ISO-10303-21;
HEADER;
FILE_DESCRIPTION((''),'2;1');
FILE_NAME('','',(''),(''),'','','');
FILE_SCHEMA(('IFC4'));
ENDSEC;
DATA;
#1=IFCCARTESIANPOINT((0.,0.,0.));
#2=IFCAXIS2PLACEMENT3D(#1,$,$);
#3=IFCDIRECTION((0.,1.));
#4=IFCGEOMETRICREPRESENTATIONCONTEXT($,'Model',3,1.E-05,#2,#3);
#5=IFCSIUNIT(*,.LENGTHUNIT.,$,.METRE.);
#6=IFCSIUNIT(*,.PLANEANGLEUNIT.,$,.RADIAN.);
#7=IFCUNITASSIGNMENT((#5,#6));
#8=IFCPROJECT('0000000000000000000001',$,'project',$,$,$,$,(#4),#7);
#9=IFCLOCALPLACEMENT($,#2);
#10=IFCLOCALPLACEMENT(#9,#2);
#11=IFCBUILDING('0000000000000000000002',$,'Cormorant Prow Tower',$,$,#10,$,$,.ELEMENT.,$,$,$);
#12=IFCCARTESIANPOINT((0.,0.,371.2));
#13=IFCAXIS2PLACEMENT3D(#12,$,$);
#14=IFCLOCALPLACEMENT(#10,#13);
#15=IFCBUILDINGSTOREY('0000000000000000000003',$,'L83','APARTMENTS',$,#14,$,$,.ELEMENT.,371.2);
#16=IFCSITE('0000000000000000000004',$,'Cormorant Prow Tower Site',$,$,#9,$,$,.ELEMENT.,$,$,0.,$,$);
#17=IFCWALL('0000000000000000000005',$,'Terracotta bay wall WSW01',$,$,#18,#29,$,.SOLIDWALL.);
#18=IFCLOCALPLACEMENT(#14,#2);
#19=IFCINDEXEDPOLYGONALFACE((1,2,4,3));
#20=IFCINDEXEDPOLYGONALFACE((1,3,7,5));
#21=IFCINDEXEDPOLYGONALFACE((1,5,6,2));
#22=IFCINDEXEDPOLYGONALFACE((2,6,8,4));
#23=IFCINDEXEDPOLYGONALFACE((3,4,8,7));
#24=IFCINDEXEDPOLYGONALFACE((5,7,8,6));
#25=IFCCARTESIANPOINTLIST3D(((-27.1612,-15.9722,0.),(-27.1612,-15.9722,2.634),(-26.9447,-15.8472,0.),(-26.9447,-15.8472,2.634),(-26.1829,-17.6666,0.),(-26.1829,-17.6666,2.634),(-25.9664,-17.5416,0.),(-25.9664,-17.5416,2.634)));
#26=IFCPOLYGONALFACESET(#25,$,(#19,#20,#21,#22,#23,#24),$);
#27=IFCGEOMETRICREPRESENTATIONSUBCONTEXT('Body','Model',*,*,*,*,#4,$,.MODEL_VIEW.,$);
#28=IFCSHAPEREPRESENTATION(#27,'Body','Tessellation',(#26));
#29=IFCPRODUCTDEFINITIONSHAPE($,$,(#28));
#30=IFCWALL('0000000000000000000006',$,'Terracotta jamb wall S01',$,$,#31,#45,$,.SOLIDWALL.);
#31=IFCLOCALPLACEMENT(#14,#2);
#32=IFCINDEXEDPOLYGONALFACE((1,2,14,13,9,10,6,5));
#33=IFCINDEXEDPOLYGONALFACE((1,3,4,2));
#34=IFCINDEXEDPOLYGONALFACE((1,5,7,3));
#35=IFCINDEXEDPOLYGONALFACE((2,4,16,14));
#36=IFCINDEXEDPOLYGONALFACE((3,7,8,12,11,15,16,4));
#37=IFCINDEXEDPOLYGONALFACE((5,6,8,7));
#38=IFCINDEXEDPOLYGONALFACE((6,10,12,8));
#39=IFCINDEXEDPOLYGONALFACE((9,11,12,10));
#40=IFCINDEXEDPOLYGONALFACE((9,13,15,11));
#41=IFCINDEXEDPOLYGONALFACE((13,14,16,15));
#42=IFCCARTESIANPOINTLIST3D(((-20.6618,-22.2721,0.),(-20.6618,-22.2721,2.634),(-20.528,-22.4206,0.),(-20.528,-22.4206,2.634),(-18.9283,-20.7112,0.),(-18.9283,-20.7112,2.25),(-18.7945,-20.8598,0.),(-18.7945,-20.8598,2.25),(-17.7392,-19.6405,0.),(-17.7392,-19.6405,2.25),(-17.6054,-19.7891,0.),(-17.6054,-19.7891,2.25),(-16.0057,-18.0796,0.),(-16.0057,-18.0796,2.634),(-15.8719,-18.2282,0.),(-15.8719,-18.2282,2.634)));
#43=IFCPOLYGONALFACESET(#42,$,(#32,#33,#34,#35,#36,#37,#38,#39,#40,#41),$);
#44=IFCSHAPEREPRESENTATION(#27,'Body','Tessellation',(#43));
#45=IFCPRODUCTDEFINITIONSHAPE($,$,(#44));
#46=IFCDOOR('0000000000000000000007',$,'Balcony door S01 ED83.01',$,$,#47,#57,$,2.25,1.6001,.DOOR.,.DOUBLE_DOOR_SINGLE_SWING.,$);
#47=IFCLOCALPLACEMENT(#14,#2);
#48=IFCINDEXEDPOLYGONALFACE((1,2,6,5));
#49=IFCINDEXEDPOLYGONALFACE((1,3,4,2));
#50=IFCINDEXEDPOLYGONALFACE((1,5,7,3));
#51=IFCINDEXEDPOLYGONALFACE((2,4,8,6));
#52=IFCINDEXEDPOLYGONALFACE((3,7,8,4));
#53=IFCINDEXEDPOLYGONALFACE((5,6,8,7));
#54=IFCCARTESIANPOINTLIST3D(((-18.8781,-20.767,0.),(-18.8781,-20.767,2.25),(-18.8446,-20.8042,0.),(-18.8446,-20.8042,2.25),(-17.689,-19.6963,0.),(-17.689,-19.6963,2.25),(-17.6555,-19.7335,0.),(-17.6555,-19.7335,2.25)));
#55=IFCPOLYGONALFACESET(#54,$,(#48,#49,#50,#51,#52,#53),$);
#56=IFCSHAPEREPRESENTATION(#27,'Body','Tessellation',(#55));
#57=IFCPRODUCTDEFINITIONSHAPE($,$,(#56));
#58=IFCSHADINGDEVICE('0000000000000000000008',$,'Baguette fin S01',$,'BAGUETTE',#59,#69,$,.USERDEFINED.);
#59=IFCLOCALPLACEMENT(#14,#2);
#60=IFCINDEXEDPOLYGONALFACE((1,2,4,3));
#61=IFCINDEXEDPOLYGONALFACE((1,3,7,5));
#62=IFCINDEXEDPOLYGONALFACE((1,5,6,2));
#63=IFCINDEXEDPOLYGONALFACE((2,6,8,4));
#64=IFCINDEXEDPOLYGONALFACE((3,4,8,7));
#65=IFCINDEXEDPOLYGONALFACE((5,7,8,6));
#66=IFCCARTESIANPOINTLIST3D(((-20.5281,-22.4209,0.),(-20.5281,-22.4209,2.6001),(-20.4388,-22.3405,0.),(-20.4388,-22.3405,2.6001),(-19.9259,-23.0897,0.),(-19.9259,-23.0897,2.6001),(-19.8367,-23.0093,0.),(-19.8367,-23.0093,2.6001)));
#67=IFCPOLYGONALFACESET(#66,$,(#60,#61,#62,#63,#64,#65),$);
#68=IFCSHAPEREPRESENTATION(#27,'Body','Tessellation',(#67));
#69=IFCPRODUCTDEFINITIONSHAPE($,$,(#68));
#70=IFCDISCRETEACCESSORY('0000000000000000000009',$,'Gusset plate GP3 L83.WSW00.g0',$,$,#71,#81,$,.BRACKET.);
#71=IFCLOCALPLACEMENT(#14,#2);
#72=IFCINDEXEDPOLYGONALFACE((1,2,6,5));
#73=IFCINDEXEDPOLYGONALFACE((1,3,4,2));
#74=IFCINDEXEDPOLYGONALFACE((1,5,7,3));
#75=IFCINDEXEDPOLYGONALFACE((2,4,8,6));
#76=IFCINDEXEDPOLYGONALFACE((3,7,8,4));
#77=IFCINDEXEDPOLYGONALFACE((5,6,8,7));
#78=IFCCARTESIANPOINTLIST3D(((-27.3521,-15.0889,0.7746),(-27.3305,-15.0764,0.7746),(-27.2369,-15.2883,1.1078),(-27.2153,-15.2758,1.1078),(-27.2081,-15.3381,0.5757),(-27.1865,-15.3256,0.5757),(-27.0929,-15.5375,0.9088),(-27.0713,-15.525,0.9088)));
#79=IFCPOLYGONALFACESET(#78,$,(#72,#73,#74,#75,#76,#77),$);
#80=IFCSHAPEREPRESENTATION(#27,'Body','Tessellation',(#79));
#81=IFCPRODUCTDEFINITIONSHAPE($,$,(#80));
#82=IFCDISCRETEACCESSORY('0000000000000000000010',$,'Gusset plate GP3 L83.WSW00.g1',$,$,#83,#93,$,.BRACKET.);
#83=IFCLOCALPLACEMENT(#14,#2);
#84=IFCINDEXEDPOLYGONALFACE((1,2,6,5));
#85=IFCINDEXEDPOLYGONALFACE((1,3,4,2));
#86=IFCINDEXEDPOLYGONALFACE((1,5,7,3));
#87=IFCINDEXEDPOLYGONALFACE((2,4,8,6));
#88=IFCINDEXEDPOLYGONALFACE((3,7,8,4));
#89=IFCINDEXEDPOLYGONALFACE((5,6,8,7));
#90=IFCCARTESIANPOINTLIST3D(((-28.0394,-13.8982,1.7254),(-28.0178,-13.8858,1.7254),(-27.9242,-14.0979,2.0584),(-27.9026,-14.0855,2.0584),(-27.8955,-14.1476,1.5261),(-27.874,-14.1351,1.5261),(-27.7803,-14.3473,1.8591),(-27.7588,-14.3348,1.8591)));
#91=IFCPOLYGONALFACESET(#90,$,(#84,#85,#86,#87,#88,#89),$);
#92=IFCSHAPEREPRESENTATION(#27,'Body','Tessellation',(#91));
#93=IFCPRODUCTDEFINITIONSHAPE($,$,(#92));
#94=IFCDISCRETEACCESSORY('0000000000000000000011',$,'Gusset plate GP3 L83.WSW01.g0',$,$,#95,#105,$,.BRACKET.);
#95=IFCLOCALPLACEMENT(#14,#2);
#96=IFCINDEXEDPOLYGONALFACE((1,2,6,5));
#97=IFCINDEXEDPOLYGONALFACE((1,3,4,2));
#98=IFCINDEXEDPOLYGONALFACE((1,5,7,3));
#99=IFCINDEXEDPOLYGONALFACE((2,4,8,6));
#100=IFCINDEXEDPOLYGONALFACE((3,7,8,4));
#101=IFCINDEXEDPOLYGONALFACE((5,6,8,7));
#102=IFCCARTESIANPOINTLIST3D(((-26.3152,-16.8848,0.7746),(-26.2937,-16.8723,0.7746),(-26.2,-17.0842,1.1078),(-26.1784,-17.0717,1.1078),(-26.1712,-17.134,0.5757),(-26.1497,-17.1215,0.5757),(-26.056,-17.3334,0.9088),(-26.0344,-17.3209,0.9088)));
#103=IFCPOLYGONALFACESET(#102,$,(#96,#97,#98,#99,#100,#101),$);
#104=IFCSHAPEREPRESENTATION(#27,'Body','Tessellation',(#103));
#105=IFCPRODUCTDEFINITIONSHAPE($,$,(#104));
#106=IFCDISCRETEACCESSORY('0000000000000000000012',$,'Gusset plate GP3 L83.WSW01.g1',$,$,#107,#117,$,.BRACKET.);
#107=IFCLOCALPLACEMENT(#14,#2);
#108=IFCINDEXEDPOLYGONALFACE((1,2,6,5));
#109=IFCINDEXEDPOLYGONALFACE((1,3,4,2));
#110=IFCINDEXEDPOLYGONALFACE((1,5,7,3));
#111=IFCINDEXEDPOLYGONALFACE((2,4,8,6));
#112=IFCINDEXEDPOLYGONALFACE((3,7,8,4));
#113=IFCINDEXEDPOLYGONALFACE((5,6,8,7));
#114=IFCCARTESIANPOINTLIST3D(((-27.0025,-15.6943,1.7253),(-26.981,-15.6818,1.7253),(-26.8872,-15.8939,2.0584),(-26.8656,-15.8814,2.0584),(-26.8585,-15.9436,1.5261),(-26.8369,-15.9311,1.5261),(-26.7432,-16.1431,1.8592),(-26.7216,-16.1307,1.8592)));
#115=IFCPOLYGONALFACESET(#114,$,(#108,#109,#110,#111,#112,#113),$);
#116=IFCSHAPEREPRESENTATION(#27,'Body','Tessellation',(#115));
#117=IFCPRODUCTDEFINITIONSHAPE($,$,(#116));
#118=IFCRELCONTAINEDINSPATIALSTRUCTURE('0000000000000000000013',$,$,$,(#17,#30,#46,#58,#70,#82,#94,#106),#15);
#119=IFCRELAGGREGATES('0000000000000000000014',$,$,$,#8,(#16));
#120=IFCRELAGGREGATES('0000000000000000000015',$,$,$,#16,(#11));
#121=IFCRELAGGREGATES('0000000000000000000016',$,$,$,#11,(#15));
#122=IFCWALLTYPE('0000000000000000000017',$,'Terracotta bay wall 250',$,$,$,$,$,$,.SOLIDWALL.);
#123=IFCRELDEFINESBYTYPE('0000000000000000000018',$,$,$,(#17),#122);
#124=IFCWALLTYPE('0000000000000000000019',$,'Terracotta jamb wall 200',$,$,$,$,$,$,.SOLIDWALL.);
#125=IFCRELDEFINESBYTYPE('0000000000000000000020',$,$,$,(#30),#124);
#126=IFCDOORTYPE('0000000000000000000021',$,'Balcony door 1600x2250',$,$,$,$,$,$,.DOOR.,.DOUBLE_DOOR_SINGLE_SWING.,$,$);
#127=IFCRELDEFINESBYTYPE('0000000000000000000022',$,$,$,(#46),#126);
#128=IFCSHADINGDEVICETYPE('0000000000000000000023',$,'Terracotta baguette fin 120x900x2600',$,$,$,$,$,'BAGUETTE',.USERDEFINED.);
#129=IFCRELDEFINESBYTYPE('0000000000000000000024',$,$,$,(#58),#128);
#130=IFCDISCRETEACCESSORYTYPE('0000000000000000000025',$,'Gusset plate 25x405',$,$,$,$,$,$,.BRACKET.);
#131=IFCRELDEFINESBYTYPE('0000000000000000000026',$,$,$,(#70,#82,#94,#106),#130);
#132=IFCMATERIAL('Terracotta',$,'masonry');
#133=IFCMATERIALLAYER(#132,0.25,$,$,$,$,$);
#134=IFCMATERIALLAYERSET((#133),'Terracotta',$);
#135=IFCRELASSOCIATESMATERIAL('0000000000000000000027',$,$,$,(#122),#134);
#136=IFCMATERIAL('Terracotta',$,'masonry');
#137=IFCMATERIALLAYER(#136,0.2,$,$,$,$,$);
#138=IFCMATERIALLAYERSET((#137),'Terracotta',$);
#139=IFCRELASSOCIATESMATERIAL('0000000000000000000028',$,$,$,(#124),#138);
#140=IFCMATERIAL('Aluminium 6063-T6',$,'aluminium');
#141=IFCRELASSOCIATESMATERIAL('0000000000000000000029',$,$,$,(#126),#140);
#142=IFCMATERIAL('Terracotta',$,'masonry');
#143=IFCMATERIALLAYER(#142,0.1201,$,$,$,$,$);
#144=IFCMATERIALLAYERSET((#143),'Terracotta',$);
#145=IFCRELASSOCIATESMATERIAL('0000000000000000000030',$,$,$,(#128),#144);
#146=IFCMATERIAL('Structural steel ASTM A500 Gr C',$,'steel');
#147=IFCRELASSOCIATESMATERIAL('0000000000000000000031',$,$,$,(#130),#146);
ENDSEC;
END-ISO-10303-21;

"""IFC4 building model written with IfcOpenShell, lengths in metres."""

from ifc_helpers import new_model, si_unit, direction, frame, frame_2d, origin, origin_2d, place, context, subcontext, project, spatial, rectangle, extrude, material, layer, layer_set, material_profile, profile_set, type_object, element, fill, save


model = new_model("IFC4")

# Units and contexts
model_context = context("Model", 3, precision=1e-05, world=origin(), true_north=direction((0.0, 1.0)))
body_context = subcontext(model_context, "Body", "Model", "MODEL_VIEW")
ifc_project = project(units=[si_unit("LENGTHUNIT", "METRE"), si_unit("PLANEANGLEUNIT", "RADIAN")], contexts=[model_context])

# Site, building, storey
site_placement = place(None, origin())
site = spatial("IfcSite", under=ifc_project, at=site_placement, Name="Cormorant Prow Tower Site", CompositionType="ELEMENT", RefElevation=0.0)
building_placement = place(site_placement, origin())
building = spatial("IfcBuilding", under=site, at=building_placement, Name="Cormorant Prow Tower", CompositionType="ELEMENT")
storey_placement = place(building_placement, frame((0.0, 0.0, 371.2)))
storey = spatial("IfcBuildingStorey", under=building, at=storey_placement, Name="L83", Description="APARTMENTS", CompositionType="ELEMENT", Elevation=371.2)

# Wall
ifc_material_1 = material(Name="Terracotta", Category="masonry")
ifc_layer_1 = layer(ifc_material_1, 0.25)
ifc_layer_set_1 = layer_set([ifc_layer_1], Name="Terracotta")
wall_type_1 = type_object("IfcWallType", Name="Terracotta bay wall 250", PredefinedType="SOLIDWALL", material=ifc_layer_set_1)
wall_1_placement = place(storey_placement, frame((-27.053, -15.9097, 0.0), z_axis=(0.0, 0.0, 1.0), x_axis=(0.500018, -0.866015, 0.0)))
element("IfcWall", 1, at=wall_1_placement, inside=storey, type_object=wall_type_1, Name="Terracotta bay wall WSW01", PredefinedType="SOLIDWALL", context=body_context, shape_type="SweptSolid", body=[
    extrude(rectangle(XDim=1.9565, YDim=0.25, at=frame_2d((0.9783, 0.0))), origin(), (0.0, 0.0, 1.0), 2.634),
])

# Wall, opening, door
ifc_material_2 = material(Name="Terracotta", Category="masonry")
ifc_layer_2 = layer(ifc_material_2, 0.2)
ifc_layer_set_2 = layer_set([ifc_layer_2], Name="Terracotta")
wall_type_2 = type_object("IfcWallType", Name="Terracotta jamb wall 200", PredefinedType="SOLIDWALL", material=ifc_layer_set_2)
wall_2_placement = place(storey_placement, frame((-20.595, -22.3464, 0.0), z_axis=(0.0, 0.0, 1.0), x_axis=(0.743137, 0.669139, 0.0)))
wall_2 = element("IfcWall", 2, at=wall_2_placement, inside=storey, type_object=wall_type_2, Name="Terracotta jamb wall S01", PredefinedType="SOLIDWALL", context=body_context, shape_type="SweptSolid", body=[
    extrude(rectangle(XDim=6.2654, YDim=0.2, at=frame_2d((3.1328, 0.0))), origin(), (0.0, 0.0, 1.0), 2.634),
])
opening_1_placement = place(wall_2_placement, frame((2.3328, 0.0, 0.0)))
opening_1 = element("IfcOpeningElement", 3, at=opening_1_placement, cuts=wall_2, PredefinedType="OPENING", context=body_context, shape_type="SweptSolid", body=[
    extrude(rectangle(XDim=1.6001, YDim=2.25, at=frame_2d((0.8, 1.125))), frame((0.0, 0.1099, 0.0), z_axis=(0.0, -1.0, 0.0), x_axis=(1.0, 0.0, 0.0)), (0.0, 0.0, 1.0), 0.22),
])
ifc_material_3 = material(Name="Aluminium 6063-T6", Category="aluminium")
door_type_1 = type_object("IfcDoorType", Name="Balcony door 1600x2250", OperationType="DOUBLE_DOOR_SINGLE_SWING", PredefinedType="DOOR", material=ifc_material_3)
door_1_placement = place(opening_1_placement, origin())
door_1 = element("IfcDoor", 4, at=door_1_placement, inside=storey, type_object=door_type_1, Name="Balcony door S01 ED83.01", OperationType="DOUBLE_DOOR_SINGLE_SWING", OverallHeight=2.25, OverallWidth=1.6001, PredefinedType="DOOR", context=body_context, shape_type="SweptSolid", body=[
    extrude(rectangle(XDim=1.6001, YDim=2.25, at=frame_2d((0.8, 1.125))), frame((0.0, 0.0249, 0.0), z_axis=(0.0, -1.0, 0.0), x_axis=(1.0, 0.0, 0.0)), (0.0, 0.0, 1.0), 0.05),
])
fill(opening_1, door_1)

# Shading device
ifc_material_4 = material(Name="Terracotta", Category="masonry")
ifc_layer_3 = layer(ifc_material_4, 0.1201)
ifc_layer_set_3 = layer_set([ifc_layer_3], Name="Terracotta")
shading_device_type = type_object("IfcShadingDeviceType", Name="Terracotta baguette fin 120x900x2600", ElementType="BAGUETTE", PredefinedType="USERDEFINED", material=ifc_layer_set_3)
shading_device_placement = place(storey_placement, frame((-20.1824, -22.7151, 0.0), z_axis=(0.0, 0.0, 1.0), x_axis=(0.743145, 0.669131, 0.0)))
element("IfcShadingDevice", 5, at=shading_device_placement, inside=storey, type_object=shading_device_type, Name="Baguette fin S01", ObjectType="BAGUETTE", PredefinedType="USERDEFINED", context=body_context, shape_type="SweptSolid", body=[
    extrude(rectangle(XDim=0.1201, YDim=0.8999, at=origin_2d()), origin(), (0.0, 0.0, 1.0), 2.6001),
])

# Discrete accessories
ifc_material_5 = material(Name="Structural steel ASTM A500 Gr C", Category="steel")
ifc_material_profile_1 = material_profile(ifc_material_5, rectangle(XDim=0.0249, YDim=0.405, at=origin_2d()), Name="Gusset plate 25x405")
ifc_profile_set_1 = profile_set([ifc_material_profile_1], Name="Structural steel ASTM A500 Gr C")
discrete_accessory_type = type_object("IfcDiscreteAccessoryType", Name="Gusset plate 25x405", PredefinedType="BRACKET", material=ifc_profile_set_1)
discrete_accessory_1_placement = place(storey_placement, frame((-27.2837, -15.1824, 0.9412), z_axis=(0.411596, -0.71227, -0.56856), x_axis=(0.865832, 0.500334, 0.0)))
element("IfcDiscreteAccessory", 6, at=discrete_accessory_1_placement, inside=storey, type_object=discrete_accessory_type, Name="Gusset plate GP3 L83.WSW00.g0", PredefinedType="BRACKET", context=body_context, shape_type="SweptSolid", body=[
    extrude(rectangle(XDim=0.0249, YDim=0.405, at=origin_2d()), origin(), (0.0, 0.0, 1.0), 0.3499),
])
discrete_accessory_2_placement = place(storey_placement, frame((-27.8271, -14.2412, 1.6926), z_axis=(-0.410853, 0.712192, 0.569195), x_axis=(-0.8662, -0.499698, 0.0)))
element("IfcDiscreteAccessory", 7, at=discrete_accessory_2_placement, inside=storey, type_object=discrete_accessory_type, Name="Gusset plate GP3 L83.WSW00.g1", PredefinedType="BRACKET", context=body_context, shape_type="SweptSolid", body=[
    extrude(rectangle(XDim=0.0249, YDim=0.405, at=origin_2d()), origin(), (0.0, 0.0, 1.0), 0.3501),
])
discrete_accessory_3_placement = place(storey_placement, frame((-26.2468, -16.9783, 0.9412), z_axis=(0.411596, -0.71227, -0.56856), x_axis=(0.865832, 0.500334, 0.0)))
element("IfcDiscreteAccessory", 8, at=discrete_accessory_3_placement, inside=storey, type_object=discrete_accessory_type, Name="Gusset plate GP3 L83.WSW01.g0", PredefinedType="BRACKET", context=body_context, shape_type="SweptSolid", body=[
    extrude(rectangle(XDim=0.0249, YDim=0.405, at=origin_2d()), origin(), (0.0, 0.0, 1.0), 0.3499),
])
discrete_accessory_4_placement = place(storey_placement, frame((-26.79, -16.0371, 1.6926), z_axis=(-0.411432, 0.711987, 0.569032), x_axis=(-0.865832, -0.500334, 0.0)))
element("IfcDiscreteAccessory", 9, at=discrete_accessory_4_placement, inside=storey, type_object=discrete_accessory_type, Name="Gusset plate GP3 L83.WSW01.g1", PredefinedType="BRACKET", context=body_context, shape_type="SweptSolid", body=[
    extrude(rectangle(XDim=0.0249, YDim=0.405, at=origin_2d()), origin(), (0.0, 0.0, 1.0), 0.3501),
])

save(model, "model.ifc")
